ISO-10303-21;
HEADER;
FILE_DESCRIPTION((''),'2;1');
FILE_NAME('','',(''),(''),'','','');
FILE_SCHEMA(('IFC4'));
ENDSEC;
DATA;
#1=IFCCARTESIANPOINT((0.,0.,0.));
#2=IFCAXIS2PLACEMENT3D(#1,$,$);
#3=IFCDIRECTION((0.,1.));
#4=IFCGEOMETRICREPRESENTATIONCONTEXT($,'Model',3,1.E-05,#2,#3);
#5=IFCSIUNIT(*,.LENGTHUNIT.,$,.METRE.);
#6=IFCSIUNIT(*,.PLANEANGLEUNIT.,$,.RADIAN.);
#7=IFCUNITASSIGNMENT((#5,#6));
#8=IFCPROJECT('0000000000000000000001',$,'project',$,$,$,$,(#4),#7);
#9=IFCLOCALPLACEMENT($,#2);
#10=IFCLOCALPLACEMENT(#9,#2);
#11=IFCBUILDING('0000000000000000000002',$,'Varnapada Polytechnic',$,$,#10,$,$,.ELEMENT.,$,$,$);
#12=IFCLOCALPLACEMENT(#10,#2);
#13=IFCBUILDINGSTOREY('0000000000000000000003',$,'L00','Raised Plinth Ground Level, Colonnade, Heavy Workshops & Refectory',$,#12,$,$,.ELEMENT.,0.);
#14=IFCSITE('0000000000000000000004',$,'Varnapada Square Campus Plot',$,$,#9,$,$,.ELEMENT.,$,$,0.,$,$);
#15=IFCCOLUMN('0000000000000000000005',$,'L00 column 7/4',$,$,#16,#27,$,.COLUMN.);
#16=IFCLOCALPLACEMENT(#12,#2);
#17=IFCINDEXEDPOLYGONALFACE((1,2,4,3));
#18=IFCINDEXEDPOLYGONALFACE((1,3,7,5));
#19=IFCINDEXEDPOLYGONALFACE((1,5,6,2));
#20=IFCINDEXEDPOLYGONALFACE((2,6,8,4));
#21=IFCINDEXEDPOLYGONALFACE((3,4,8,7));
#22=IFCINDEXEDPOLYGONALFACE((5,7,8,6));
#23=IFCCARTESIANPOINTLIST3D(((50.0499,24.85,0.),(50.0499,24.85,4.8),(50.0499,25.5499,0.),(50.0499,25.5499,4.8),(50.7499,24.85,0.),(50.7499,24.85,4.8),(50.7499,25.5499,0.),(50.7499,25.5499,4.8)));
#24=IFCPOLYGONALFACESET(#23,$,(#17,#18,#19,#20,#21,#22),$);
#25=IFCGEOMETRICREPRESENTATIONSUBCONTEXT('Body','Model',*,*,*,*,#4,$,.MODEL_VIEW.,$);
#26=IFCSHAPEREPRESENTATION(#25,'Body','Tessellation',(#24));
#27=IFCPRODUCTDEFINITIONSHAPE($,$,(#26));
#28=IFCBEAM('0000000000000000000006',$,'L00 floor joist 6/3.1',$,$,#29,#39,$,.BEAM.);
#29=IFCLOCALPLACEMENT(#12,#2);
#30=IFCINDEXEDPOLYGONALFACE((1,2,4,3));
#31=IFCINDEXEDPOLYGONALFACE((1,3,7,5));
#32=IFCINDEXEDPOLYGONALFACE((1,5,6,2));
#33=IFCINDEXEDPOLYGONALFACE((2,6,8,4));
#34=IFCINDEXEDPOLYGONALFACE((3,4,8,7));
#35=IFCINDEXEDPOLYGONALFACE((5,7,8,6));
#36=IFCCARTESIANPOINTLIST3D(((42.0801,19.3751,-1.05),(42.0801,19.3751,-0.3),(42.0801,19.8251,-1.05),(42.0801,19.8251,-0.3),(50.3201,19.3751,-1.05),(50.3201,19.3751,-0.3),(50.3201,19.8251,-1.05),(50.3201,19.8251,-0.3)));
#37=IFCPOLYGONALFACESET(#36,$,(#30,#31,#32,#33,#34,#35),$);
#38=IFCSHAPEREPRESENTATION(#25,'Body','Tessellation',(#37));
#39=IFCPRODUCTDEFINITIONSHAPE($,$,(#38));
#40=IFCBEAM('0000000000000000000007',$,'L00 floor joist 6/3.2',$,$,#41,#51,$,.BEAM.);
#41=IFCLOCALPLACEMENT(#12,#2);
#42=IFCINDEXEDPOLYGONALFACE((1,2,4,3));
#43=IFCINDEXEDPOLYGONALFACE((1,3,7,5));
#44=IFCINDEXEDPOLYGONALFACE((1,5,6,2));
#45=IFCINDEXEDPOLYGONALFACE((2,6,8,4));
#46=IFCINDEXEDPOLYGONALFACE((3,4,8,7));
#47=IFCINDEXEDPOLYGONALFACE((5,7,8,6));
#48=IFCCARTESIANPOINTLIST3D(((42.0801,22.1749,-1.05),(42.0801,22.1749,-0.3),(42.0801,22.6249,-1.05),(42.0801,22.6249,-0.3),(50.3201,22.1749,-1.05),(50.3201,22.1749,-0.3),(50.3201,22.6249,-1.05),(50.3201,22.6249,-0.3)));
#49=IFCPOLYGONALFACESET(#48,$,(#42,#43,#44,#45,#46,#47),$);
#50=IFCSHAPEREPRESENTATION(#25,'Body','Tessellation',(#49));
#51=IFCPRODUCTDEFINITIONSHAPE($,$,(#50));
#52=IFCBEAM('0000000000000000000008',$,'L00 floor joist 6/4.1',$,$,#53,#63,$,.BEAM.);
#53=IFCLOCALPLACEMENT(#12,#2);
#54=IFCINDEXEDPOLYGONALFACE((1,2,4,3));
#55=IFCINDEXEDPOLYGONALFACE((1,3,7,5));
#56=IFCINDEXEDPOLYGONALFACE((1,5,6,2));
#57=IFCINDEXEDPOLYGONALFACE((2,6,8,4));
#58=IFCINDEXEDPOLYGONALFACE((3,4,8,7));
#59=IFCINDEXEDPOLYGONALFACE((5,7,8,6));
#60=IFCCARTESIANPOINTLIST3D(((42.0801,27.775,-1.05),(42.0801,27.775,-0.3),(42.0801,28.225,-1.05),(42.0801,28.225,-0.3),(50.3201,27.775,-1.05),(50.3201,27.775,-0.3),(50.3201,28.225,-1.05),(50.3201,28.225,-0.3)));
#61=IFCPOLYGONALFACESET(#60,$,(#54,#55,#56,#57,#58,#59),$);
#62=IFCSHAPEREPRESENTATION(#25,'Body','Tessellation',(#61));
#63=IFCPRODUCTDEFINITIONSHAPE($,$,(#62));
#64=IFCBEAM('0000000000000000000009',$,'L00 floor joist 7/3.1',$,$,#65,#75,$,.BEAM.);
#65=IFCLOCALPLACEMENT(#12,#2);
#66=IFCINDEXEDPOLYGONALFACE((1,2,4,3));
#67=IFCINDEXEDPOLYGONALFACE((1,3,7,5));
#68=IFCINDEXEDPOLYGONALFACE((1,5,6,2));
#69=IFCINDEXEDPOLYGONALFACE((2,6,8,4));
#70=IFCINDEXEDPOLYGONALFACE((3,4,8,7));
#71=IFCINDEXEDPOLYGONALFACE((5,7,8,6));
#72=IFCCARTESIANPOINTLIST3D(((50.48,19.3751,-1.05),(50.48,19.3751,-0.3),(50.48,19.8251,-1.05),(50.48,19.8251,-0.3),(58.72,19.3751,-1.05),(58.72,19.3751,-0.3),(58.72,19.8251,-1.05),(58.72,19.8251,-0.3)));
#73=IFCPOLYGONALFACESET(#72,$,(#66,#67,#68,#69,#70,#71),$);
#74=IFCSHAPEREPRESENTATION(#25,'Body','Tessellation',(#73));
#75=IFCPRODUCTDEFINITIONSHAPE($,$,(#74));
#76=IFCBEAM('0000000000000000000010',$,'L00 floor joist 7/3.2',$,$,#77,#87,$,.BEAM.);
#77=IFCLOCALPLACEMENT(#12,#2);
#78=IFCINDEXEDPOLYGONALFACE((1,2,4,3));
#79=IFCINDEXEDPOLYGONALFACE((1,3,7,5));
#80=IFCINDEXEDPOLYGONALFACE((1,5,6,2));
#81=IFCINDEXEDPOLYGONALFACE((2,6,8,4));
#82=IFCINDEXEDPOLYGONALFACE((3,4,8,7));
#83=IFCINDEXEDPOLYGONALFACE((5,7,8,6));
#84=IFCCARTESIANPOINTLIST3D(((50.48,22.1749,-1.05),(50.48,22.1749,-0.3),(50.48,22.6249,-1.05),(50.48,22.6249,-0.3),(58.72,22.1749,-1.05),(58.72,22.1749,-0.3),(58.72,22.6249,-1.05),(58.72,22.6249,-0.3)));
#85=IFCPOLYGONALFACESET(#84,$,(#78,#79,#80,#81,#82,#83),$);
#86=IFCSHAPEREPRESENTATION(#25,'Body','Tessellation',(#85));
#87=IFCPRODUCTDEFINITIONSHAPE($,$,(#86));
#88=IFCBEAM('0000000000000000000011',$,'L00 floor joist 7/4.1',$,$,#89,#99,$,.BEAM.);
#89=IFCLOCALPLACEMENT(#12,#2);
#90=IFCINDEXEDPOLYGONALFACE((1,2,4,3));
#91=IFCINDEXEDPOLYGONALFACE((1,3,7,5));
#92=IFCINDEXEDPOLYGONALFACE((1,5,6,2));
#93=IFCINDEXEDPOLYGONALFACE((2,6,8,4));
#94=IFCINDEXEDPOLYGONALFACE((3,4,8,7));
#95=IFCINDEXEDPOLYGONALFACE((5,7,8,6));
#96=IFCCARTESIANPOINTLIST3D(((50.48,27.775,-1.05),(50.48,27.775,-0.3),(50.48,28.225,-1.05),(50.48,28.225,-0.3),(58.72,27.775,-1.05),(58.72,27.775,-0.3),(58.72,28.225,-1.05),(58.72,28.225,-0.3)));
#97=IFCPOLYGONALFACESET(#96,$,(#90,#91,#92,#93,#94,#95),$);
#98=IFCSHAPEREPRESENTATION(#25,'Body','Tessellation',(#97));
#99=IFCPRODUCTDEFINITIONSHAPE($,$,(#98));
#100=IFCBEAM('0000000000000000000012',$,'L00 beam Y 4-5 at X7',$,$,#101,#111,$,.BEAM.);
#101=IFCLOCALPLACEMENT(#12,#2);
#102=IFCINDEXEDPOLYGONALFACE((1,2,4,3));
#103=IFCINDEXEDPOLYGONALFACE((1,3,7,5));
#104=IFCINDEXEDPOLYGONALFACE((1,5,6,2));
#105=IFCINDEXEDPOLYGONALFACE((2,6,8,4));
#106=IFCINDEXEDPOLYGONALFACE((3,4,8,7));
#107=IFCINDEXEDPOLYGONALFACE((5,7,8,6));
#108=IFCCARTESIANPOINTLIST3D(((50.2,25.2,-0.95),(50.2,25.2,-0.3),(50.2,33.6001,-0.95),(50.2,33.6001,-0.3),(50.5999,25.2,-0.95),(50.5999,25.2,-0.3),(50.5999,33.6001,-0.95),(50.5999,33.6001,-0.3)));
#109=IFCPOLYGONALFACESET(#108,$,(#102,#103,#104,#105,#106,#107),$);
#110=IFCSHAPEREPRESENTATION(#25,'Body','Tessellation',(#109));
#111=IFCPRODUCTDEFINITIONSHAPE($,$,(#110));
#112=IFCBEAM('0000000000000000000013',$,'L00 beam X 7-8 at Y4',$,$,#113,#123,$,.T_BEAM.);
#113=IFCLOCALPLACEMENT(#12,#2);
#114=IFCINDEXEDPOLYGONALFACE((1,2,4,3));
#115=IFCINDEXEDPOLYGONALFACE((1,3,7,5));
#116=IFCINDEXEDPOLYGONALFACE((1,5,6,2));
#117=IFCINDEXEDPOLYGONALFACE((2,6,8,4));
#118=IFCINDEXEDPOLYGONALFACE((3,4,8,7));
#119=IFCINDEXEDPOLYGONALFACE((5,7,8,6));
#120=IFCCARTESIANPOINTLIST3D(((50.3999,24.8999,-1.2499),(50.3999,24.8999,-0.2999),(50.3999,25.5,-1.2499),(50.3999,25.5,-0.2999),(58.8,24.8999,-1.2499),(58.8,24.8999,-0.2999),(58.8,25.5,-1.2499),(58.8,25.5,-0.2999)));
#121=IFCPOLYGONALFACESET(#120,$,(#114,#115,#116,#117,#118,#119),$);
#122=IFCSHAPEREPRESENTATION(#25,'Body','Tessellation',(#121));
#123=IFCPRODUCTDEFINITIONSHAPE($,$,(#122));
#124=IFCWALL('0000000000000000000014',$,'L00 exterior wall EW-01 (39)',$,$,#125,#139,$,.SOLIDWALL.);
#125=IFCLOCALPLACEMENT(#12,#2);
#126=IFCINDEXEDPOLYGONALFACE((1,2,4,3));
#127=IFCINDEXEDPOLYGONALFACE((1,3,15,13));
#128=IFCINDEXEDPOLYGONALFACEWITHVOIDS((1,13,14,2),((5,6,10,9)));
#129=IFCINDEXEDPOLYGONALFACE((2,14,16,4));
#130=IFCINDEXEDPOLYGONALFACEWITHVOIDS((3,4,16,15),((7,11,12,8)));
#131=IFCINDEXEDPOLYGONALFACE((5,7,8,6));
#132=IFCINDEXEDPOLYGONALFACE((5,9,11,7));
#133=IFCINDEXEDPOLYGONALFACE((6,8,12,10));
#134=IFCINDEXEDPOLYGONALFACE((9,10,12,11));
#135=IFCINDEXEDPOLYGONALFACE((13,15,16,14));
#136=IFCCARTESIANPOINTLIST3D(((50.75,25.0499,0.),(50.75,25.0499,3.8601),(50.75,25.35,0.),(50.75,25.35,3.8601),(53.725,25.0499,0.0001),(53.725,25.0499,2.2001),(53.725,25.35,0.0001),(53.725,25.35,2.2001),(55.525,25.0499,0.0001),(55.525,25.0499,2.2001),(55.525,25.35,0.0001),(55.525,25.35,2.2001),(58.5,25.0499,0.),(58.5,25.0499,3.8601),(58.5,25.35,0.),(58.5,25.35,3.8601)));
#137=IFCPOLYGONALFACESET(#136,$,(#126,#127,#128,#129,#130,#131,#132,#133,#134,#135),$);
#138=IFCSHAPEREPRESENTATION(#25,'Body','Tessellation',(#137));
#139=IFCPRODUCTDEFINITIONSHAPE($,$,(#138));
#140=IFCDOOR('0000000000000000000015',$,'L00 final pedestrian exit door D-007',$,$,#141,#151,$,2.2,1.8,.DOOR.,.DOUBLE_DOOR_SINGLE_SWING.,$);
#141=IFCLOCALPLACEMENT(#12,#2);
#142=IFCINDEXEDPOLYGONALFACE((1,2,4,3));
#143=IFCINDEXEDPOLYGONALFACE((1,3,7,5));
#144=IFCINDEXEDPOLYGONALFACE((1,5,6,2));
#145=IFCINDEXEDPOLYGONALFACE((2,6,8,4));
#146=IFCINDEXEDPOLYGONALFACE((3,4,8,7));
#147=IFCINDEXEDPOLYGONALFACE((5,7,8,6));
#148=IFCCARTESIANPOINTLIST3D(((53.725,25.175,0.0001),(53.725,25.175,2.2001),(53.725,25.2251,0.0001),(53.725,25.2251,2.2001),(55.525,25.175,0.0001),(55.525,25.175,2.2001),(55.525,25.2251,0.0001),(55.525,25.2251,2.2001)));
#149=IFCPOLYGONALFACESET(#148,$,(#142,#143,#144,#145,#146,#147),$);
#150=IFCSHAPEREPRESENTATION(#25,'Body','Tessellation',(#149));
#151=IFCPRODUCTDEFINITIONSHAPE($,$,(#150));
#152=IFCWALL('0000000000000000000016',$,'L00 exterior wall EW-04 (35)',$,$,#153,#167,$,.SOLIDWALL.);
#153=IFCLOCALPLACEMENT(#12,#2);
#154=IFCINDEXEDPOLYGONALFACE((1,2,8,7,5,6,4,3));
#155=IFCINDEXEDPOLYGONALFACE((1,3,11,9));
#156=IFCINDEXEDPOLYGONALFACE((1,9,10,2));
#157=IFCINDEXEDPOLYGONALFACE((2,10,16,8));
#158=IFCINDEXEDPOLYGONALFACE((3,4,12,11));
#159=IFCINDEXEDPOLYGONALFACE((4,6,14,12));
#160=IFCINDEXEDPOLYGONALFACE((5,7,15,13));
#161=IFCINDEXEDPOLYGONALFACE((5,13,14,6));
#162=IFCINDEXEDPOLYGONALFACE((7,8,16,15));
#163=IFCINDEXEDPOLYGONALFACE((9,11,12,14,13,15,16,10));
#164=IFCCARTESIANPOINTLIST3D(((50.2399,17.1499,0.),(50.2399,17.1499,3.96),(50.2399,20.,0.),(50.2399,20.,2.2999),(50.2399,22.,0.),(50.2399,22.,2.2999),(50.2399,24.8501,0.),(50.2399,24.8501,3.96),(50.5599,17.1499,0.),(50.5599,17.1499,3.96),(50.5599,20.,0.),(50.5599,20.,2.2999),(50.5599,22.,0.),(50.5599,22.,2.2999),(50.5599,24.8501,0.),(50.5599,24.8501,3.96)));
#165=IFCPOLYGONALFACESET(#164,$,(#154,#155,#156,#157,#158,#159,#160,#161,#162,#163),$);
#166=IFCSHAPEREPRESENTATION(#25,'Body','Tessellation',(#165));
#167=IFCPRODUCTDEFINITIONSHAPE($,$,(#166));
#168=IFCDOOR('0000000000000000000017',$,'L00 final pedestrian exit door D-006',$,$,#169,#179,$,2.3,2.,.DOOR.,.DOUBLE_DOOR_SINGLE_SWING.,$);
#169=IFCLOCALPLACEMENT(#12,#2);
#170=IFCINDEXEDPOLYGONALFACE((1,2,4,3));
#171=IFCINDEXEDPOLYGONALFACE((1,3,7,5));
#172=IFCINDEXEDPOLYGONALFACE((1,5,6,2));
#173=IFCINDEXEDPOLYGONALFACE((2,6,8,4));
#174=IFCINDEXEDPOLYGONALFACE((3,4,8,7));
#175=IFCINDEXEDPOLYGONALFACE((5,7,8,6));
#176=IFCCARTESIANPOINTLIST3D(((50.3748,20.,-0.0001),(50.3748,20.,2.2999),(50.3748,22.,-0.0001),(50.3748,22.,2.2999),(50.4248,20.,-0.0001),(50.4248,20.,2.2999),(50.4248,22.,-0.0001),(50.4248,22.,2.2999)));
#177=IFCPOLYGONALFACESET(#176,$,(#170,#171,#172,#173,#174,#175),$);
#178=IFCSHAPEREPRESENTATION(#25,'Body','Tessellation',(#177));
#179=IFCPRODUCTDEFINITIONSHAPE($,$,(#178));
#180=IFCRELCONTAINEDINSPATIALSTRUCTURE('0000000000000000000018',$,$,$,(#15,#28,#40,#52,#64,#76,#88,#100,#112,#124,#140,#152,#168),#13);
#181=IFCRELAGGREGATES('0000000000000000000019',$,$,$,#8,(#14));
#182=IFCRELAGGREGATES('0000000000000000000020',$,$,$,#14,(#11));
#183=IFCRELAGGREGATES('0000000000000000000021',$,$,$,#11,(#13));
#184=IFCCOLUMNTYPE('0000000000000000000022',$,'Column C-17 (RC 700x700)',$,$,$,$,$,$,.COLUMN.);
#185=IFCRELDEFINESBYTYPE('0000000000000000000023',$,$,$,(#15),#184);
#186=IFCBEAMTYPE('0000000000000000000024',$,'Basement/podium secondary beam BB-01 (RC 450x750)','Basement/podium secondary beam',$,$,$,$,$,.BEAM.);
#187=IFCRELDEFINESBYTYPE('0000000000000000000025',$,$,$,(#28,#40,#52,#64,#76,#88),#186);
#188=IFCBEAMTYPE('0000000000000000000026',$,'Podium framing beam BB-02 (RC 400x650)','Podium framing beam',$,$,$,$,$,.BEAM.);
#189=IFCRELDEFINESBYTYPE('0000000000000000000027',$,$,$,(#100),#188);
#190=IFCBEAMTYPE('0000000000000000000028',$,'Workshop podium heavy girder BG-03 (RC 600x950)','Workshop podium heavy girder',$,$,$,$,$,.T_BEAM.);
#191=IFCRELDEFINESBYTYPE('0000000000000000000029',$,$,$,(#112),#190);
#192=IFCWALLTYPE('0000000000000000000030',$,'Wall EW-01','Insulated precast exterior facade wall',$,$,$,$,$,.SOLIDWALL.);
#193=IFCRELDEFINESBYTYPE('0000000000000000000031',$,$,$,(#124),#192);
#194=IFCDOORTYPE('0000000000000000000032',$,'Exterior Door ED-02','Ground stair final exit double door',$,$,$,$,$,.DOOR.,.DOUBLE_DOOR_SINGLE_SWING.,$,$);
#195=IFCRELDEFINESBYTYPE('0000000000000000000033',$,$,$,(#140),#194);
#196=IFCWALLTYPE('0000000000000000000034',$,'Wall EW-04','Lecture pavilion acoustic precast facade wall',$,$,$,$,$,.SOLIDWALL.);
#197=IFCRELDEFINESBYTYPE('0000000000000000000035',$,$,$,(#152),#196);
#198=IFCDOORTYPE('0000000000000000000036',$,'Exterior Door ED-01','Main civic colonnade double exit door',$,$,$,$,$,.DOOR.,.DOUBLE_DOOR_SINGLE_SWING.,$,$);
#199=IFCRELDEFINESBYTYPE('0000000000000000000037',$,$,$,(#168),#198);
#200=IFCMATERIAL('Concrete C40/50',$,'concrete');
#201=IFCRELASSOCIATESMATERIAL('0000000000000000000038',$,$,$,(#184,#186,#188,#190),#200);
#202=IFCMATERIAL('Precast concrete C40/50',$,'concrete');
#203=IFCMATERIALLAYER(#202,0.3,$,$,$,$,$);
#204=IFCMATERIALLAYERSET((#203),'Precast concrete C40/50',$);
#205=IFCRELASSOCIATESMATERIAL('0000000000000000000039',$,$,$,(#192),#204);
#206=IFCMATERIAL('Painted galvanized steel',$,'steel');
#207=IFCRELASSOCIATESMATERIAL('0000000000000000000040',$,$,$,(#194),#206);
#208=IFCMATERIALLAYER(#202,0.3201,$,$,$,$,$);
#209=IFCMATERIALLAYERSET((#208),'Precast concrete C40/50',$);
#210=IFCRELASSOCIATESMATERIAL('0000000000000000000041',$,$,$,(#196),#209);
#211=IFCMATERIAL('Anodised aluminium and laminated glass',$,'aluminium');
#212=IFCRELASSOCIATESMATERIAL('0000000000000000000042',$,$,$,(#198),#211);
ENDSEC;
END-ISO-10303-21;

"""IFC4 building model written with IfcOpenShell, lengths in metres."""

from ifc_helpers import new_model, si_unit, direction, frame, frame_2d, origin, origin_2d, place, context, subcontext, project, spatial, rectangle, extrude, material, layer, layer_set, material_profile, profile_set, type_object, element, fill, save


model = new_model("IFC4")

# Units and contexts
model_context = context("Model", 3, precision=1e-05, world=origin(), true_north=direction((0.0, 1.0)))
body_context = subcontext(model_context, "Body", "Model", "MODEL_VIEW")
ifc_project = project(units=[si_unit("LENGTHUNIT", "METRE"), si_unit("PLANEANGLEUNIT", "RADIAN")], contexts=[model_context])

# Site, building, storey
site_placement = place(None, origin())
site = spatial("IfcSite", under=ifc_project, at=site_placement, Name="Varnapada Square Campus Plot", CompositionType="ELEMENT", RefElevation=0.0)
building_placement = place(site_placement, origin())
building = spatial("IfcBuilding", under=site, at=building_placement, Name="Varnapada Polytechnic", CompositionType="ELEMENT")
storey_placement = place(building_placement, origin())
storey = spatial("IfcBuildingStorey", under=building, at=storey_placement, Name="L00", Description="Raised Plinth Ground Level, Colonnade, Heavy Workshops & Refectory", CompositionType="ELEMENT", Elevation=0.0)

# Column
ifc_material_1 = material(Name="Concrete C40/50", Category="concrete")
ifc_material_profile_1 = material_profile(ifc_material_1, rectangle(XDim=0.7, YDim=0.7, at=origin_2d()), Name="RC 700x700")
ifc_profile_set_1 = profile_set([ifc_material_profile_1], Name="Concrete C40/50")
column_type = type_object("IfcColumnType", Name="Column C-17 (RC 700x700)", PredefinedType="COLUMN", material=ifc_profile_set_1)
column_placement = place(storey_placement, frame((50.3999, 25.2, 0.0), z_axis=(0.0, 0.0, 1.0), x_axis=(1.0, 0.0, 0.0)))
element("IfcColumn", 1, at=column_placement, inside=storey, type_object=column_type, Name="L00 column 7/4", PredefinedType="COLUMN", context=body_context, shape_type="SweptSolid", body=[
    extrude(rectangle(XDim=0.7, YDim=0.7, at=origin_2d()), origin(), (0.0, 0.0, 1.0), 4.8),
])

# Beams
ifc_material_profile_2 = material_profile(ifc_material_1, rectangle(XDim=0.45, YDim=0.75, at=origin_2d()), Name="RC 450x750")
ifc_profile_set_2 = profile_set([ifc_material_profile_2], Name="Concrete C40/50")
beam_type_1 = type_object("IfcBeamType", Name="Basement/podium secondary beam BB-01 (RC 450x750)", Description="Basement/podium secondary beam", PredefinedType="BEAM", material=ifc_profile_set_2)
for number, where, z_axis, x_axis, name in (
    (2, (42.0801, 19.6001, -0.675), (1.0, 0.0, 0.0), (0.0, 1.0, 0.0), "L00 floor joist 6/3.1"),
    (3, (42.0801, 22.3999, -0.675), (1.0, 0.0, 0.0), (0.0, 1.0, 0.0), "L00 floor joist 6/3.2"),
    (4, (42.0801, 28.0, -0.675), (1.0, 0.0, 0.0), (0.0, 1.0, 0.0), "L00 floor joist 6/4.1"),
    (5, (50.48, 19.6001, -0.675), (1.0, 0.0, 0.0), (0.0, 1.0, 0.0), "L00 floor joist 7/3.1"),
    (6, (50.48, 22.3999, -0.675), (1.0, 0.0, 0.0), (0.0, 1.0, 0.0), "L00 floor joist 7/3.2"),
    (7, (50.48, 28.0, -0.675), (1.0, 0.0, 0.0), (0.0, 1.0, 0.0), "L00 floor joist 7/4.1"),
):
    element("IfcBeam", number, at=place(storey_placement, frame(where, z_axis=z_axis, x_axis=x_axis)), inside=storey, type_object=beam_type_1, Name=name, PredefinedType="BEAM", context=body_context, shape_type="SweptSolid", body=[
        extrude(rectangle(XDim=0.45, YDim=0.75, at=origin_2d()), origin(), (0.0, 0.0, 1.0), 8.24),
    ])
ifc_material_profile_3 = material_profile(ifc_material_1, rectangle(XDim=0.3999, YDim=0.6499, at=origin_2d()), Name="RC 400x650")
ifc_profile_set_3 = profile_set([ifc_material_profile_3], Name="Concrete C40/50")
beam_type_2 = type_object("IfcBeamType", Name="Podium framing beam BB-02 (RC 400x650)", Description="Podium framing beam", PredefinedType="BEAM", material=ifc_profile_set_3)
beam_1_placement = place(storey_placement, frame((50.3999, 25.2, -0.625), z_axis=(0.0, 1.0, 0.0), x_axis=(-1.0, 0.0, 0.0)))
element("IfcBeam", 8, at=beam_1_placement, inside=storey, type_object=beam_type_2, Name="L00 beam Y 4-5 at X7", PredefinedType="BEAM", context=body_context, shape_type="SweptSolid", body=[
    extrude(rectangle(XDim=0.3999, YDim=0.6499, at=origin_2d()), origin(), (0.0, 0.0, 1.0), 8.4001),
])
ifc_material_profile_4 = material_profile(ifc_material_1, rectangle(XDim=0.6001, YDim=0.95, at=origin_2d()), Name="RC 600x950")
ifc_profile_set_4 = profile_set([ifc_material_profile_4], Name="Concrete C40/50")
beam_type_3 = type_object("IfcBeamType", Name="Workshop podium heavy girder BG-03 (RC 600x950)", Description="Workshop podium heavy girder", PredefinedType="T_BEAM", material=ifc_profile_set_4)
beam_2_placement = place(storey_placement, frame((50.3999, 25.2, -0.7749), z_axis=(1.0, 0.0, 0.0), x_axis=(0.0, 1.0, 0.0)))
element("IfcBeam", 9, at=beam_2_placement, inside=storey, type_object=beam_type_3, Name="L00 beam X 7-8 at Y4", PredefinedType="T_BEAM", context=body_context, shape_type="SweptSolid", body=[
    extrude(rectangle(XDim=0.6001, YDim=0.95, at=origin_2d()), origin(), (0.0, 0.0, 1.0), 8.4001),
])

# Walls, openings, doors
ifc_material_2 = material(Name="Precast concrete C40/50", Category="concrete")
ifc_layer_1 = layer(ifc_material_2, 0.3)
ifc_layer_set_1 = layer_set([ifc_layer_1], Name="Precast concrete C40/50")
wall_type_1 = type_object("IfcWallType", Name="Wall EW-01", Description="Insulated precast exterior facade wall", PredefinedType="SOLIDWALL", material=ifc_layer_set_1)
wall_1_placement = place(storey_placement, frame((58.5, 25.2, 0.0), z_axis=(0.0, 0.0, 1.0), x_axis=(-1.0, 0.0, 0.0)))
wall_1 = element("IfcWall", 10, at=wall_1_placement, inside=storey, type_object=wall_type_1, Name="L00 exterior wall EW-01 (39)", PredefinedType="SOLIDWALL", context=body_context, shape_type="SweptSolid", body=[
    extrude(rectangle(XDim=7.75, YDim=0.3, at=frame_2d((3.875, 0.0))), origin(), (0.0, 0.0, 1.0), 3.8601),
])
opening_1_placement = place(wall_1_placement, frame((2.9751, 0.0, 0.0)))
opening_1 = element("IfcOpeningElement", 11, at=opening_1_placement, cuts=wall_1, PredefinedType="OPENING", context=body_context, shape_type="SweptSolid", body=[
    extrude(rectangle(XDim=1.8, YDim=2.2, at=frame_2d((0.8999, 1.1001))), frame((0.0, 0.1599, 0.0), z_axis=(0.0, -1.0, 0.0), x_axis=(1.0, 0.0, 0.0)), (0.0, 0.0, 1.0), 0.3201),
])
ifc_material_3 = material(Name="Painted galvanized steel", Category="steel")
door_type_1 = type_object("IfcDoorType", Name="Exterior Door ED-02", Description="Ground stair final exit double door", OperationType="DOUBLE_DOOR_SINGLE_SWING", PredefinedType="DOOR", material=ifc_material_3)
door_1_placement = place(opening_1_placement, origin())
door_1 = element("IfcDoor", 12, at=door_1_placement, inside=storey, type_object=door_type_1, Name="L00 final pedestrian exit door D-007", OperationType="DOUBLE_DOOR_SINGLE_SWING", OverallHeight=2.2, OverallWidth=1.8, PredefinedType="DOOR", context=body_context, shape_type="SweptSolid", body=[
    extrude(rectangle(XDim=1.8, YDim=2.2, at=frame_2d((0.8999, 1.1001))), frame((0.0, 0.0249, 0.0), z_axis=(0.0, -1.0, 0.0), x_axis=(1.0, 0.0, 0.0)), (0.0, 0.0, 1.0), 0.05),
])
fill(opening_1, door_1)
ifc_layer_2 = layer(ifc_material_2, 0.3201)
ifc_layer_set_2 = layer_set([ifc_layer_2], Name="Precast concrete C40/50")
wall_type_2 = type_object("IfcWallType", Name="Wall EW-04", Description="Lecture pavilion acoustic precast facade wall", PredefinedType="SOLIDWALL", material=ifc_layer_set_2)
wall_2_placement = place(storey_placement, frame((50.3999, 24.8501, 0.0), z_axis=(0.0, 0.0, 1.0), x_axis=(0.0, -1.0, 0.0)))
wall_2 = element("IfcWall", 13, at=wall_2_placement, inside=storey, type_object=wall_type_2, Name="L00 exterior wall EW-04 (35)", PredefinedType="SOLIDWALL", context=body_context, shape_type="SweptSolid", body=[
    extrude(rectangle(XDim=7.7002, YDim=0.3201, at=frame_2d((3.8501, 0.0))), origin(), (0.0, 0.0, 1.0), 3.96),
])
opening_2_placement = place(wall_2_placement, frame((2.8501, 0.0, 0.0)))
opening_2 = element("IfcOpeningElement", 14, at=opening_2_placement, cuts=wall_2, PredefinedType="OPENING", context=body_context, shape_type="SweptSolid", body=[
    extrude(rectangle(XDim=2.0, YDim=2.3, at=frame_2d((1.0, 1.1499))), frame((0.0, 0.1699, 0.0), z_axis=(0.0, -1.0, 0.0), x_axis=(1.0, 0.0, 0.0)), (0.0, 0.0, 1.0), 0.3401),
])
ifc_material_4 = material(Name="Anodised aluminium and laminated glass", Category="aluminium")
door_type_2 = type_object("IfcDoorType", Name="Exterior Door ED-01", Description="Main civic colonnade double exit door", OperationType="DOUBLE_DOOR_SINGLE_SWING", PredefinedType="DOOR", material=ifc_material_4)
door_2_placement = place(opening_2_placement, origin())
door_2 = element("IfcDoor", 15, at=door_2_placement, inside=storey, type_object=door_type_2, Name="L00 final pedestrian exit door D-006", OperationType="DOUBLE_DOOR_SINGLE_SWING", OverallHeight=2.3, OverallWidth=2.0, PredefinedType="DOOR", context=body_context, shape_type="SweptSolid", body=[
    extrude(rectangle(XDim=2.0, YDim=2.3, at=frame_2d((1.0, 1.1499))), frame((0.0, 0.0249, 0.0), z_axis=(0.0, -1.0, 0.0), x_axis=(1.0, 0.0, 0.0)), (0.0, 0.0, 1.0), 0.05),
])
fill(opening_2, door_2)

save(model, "model.ifc")
